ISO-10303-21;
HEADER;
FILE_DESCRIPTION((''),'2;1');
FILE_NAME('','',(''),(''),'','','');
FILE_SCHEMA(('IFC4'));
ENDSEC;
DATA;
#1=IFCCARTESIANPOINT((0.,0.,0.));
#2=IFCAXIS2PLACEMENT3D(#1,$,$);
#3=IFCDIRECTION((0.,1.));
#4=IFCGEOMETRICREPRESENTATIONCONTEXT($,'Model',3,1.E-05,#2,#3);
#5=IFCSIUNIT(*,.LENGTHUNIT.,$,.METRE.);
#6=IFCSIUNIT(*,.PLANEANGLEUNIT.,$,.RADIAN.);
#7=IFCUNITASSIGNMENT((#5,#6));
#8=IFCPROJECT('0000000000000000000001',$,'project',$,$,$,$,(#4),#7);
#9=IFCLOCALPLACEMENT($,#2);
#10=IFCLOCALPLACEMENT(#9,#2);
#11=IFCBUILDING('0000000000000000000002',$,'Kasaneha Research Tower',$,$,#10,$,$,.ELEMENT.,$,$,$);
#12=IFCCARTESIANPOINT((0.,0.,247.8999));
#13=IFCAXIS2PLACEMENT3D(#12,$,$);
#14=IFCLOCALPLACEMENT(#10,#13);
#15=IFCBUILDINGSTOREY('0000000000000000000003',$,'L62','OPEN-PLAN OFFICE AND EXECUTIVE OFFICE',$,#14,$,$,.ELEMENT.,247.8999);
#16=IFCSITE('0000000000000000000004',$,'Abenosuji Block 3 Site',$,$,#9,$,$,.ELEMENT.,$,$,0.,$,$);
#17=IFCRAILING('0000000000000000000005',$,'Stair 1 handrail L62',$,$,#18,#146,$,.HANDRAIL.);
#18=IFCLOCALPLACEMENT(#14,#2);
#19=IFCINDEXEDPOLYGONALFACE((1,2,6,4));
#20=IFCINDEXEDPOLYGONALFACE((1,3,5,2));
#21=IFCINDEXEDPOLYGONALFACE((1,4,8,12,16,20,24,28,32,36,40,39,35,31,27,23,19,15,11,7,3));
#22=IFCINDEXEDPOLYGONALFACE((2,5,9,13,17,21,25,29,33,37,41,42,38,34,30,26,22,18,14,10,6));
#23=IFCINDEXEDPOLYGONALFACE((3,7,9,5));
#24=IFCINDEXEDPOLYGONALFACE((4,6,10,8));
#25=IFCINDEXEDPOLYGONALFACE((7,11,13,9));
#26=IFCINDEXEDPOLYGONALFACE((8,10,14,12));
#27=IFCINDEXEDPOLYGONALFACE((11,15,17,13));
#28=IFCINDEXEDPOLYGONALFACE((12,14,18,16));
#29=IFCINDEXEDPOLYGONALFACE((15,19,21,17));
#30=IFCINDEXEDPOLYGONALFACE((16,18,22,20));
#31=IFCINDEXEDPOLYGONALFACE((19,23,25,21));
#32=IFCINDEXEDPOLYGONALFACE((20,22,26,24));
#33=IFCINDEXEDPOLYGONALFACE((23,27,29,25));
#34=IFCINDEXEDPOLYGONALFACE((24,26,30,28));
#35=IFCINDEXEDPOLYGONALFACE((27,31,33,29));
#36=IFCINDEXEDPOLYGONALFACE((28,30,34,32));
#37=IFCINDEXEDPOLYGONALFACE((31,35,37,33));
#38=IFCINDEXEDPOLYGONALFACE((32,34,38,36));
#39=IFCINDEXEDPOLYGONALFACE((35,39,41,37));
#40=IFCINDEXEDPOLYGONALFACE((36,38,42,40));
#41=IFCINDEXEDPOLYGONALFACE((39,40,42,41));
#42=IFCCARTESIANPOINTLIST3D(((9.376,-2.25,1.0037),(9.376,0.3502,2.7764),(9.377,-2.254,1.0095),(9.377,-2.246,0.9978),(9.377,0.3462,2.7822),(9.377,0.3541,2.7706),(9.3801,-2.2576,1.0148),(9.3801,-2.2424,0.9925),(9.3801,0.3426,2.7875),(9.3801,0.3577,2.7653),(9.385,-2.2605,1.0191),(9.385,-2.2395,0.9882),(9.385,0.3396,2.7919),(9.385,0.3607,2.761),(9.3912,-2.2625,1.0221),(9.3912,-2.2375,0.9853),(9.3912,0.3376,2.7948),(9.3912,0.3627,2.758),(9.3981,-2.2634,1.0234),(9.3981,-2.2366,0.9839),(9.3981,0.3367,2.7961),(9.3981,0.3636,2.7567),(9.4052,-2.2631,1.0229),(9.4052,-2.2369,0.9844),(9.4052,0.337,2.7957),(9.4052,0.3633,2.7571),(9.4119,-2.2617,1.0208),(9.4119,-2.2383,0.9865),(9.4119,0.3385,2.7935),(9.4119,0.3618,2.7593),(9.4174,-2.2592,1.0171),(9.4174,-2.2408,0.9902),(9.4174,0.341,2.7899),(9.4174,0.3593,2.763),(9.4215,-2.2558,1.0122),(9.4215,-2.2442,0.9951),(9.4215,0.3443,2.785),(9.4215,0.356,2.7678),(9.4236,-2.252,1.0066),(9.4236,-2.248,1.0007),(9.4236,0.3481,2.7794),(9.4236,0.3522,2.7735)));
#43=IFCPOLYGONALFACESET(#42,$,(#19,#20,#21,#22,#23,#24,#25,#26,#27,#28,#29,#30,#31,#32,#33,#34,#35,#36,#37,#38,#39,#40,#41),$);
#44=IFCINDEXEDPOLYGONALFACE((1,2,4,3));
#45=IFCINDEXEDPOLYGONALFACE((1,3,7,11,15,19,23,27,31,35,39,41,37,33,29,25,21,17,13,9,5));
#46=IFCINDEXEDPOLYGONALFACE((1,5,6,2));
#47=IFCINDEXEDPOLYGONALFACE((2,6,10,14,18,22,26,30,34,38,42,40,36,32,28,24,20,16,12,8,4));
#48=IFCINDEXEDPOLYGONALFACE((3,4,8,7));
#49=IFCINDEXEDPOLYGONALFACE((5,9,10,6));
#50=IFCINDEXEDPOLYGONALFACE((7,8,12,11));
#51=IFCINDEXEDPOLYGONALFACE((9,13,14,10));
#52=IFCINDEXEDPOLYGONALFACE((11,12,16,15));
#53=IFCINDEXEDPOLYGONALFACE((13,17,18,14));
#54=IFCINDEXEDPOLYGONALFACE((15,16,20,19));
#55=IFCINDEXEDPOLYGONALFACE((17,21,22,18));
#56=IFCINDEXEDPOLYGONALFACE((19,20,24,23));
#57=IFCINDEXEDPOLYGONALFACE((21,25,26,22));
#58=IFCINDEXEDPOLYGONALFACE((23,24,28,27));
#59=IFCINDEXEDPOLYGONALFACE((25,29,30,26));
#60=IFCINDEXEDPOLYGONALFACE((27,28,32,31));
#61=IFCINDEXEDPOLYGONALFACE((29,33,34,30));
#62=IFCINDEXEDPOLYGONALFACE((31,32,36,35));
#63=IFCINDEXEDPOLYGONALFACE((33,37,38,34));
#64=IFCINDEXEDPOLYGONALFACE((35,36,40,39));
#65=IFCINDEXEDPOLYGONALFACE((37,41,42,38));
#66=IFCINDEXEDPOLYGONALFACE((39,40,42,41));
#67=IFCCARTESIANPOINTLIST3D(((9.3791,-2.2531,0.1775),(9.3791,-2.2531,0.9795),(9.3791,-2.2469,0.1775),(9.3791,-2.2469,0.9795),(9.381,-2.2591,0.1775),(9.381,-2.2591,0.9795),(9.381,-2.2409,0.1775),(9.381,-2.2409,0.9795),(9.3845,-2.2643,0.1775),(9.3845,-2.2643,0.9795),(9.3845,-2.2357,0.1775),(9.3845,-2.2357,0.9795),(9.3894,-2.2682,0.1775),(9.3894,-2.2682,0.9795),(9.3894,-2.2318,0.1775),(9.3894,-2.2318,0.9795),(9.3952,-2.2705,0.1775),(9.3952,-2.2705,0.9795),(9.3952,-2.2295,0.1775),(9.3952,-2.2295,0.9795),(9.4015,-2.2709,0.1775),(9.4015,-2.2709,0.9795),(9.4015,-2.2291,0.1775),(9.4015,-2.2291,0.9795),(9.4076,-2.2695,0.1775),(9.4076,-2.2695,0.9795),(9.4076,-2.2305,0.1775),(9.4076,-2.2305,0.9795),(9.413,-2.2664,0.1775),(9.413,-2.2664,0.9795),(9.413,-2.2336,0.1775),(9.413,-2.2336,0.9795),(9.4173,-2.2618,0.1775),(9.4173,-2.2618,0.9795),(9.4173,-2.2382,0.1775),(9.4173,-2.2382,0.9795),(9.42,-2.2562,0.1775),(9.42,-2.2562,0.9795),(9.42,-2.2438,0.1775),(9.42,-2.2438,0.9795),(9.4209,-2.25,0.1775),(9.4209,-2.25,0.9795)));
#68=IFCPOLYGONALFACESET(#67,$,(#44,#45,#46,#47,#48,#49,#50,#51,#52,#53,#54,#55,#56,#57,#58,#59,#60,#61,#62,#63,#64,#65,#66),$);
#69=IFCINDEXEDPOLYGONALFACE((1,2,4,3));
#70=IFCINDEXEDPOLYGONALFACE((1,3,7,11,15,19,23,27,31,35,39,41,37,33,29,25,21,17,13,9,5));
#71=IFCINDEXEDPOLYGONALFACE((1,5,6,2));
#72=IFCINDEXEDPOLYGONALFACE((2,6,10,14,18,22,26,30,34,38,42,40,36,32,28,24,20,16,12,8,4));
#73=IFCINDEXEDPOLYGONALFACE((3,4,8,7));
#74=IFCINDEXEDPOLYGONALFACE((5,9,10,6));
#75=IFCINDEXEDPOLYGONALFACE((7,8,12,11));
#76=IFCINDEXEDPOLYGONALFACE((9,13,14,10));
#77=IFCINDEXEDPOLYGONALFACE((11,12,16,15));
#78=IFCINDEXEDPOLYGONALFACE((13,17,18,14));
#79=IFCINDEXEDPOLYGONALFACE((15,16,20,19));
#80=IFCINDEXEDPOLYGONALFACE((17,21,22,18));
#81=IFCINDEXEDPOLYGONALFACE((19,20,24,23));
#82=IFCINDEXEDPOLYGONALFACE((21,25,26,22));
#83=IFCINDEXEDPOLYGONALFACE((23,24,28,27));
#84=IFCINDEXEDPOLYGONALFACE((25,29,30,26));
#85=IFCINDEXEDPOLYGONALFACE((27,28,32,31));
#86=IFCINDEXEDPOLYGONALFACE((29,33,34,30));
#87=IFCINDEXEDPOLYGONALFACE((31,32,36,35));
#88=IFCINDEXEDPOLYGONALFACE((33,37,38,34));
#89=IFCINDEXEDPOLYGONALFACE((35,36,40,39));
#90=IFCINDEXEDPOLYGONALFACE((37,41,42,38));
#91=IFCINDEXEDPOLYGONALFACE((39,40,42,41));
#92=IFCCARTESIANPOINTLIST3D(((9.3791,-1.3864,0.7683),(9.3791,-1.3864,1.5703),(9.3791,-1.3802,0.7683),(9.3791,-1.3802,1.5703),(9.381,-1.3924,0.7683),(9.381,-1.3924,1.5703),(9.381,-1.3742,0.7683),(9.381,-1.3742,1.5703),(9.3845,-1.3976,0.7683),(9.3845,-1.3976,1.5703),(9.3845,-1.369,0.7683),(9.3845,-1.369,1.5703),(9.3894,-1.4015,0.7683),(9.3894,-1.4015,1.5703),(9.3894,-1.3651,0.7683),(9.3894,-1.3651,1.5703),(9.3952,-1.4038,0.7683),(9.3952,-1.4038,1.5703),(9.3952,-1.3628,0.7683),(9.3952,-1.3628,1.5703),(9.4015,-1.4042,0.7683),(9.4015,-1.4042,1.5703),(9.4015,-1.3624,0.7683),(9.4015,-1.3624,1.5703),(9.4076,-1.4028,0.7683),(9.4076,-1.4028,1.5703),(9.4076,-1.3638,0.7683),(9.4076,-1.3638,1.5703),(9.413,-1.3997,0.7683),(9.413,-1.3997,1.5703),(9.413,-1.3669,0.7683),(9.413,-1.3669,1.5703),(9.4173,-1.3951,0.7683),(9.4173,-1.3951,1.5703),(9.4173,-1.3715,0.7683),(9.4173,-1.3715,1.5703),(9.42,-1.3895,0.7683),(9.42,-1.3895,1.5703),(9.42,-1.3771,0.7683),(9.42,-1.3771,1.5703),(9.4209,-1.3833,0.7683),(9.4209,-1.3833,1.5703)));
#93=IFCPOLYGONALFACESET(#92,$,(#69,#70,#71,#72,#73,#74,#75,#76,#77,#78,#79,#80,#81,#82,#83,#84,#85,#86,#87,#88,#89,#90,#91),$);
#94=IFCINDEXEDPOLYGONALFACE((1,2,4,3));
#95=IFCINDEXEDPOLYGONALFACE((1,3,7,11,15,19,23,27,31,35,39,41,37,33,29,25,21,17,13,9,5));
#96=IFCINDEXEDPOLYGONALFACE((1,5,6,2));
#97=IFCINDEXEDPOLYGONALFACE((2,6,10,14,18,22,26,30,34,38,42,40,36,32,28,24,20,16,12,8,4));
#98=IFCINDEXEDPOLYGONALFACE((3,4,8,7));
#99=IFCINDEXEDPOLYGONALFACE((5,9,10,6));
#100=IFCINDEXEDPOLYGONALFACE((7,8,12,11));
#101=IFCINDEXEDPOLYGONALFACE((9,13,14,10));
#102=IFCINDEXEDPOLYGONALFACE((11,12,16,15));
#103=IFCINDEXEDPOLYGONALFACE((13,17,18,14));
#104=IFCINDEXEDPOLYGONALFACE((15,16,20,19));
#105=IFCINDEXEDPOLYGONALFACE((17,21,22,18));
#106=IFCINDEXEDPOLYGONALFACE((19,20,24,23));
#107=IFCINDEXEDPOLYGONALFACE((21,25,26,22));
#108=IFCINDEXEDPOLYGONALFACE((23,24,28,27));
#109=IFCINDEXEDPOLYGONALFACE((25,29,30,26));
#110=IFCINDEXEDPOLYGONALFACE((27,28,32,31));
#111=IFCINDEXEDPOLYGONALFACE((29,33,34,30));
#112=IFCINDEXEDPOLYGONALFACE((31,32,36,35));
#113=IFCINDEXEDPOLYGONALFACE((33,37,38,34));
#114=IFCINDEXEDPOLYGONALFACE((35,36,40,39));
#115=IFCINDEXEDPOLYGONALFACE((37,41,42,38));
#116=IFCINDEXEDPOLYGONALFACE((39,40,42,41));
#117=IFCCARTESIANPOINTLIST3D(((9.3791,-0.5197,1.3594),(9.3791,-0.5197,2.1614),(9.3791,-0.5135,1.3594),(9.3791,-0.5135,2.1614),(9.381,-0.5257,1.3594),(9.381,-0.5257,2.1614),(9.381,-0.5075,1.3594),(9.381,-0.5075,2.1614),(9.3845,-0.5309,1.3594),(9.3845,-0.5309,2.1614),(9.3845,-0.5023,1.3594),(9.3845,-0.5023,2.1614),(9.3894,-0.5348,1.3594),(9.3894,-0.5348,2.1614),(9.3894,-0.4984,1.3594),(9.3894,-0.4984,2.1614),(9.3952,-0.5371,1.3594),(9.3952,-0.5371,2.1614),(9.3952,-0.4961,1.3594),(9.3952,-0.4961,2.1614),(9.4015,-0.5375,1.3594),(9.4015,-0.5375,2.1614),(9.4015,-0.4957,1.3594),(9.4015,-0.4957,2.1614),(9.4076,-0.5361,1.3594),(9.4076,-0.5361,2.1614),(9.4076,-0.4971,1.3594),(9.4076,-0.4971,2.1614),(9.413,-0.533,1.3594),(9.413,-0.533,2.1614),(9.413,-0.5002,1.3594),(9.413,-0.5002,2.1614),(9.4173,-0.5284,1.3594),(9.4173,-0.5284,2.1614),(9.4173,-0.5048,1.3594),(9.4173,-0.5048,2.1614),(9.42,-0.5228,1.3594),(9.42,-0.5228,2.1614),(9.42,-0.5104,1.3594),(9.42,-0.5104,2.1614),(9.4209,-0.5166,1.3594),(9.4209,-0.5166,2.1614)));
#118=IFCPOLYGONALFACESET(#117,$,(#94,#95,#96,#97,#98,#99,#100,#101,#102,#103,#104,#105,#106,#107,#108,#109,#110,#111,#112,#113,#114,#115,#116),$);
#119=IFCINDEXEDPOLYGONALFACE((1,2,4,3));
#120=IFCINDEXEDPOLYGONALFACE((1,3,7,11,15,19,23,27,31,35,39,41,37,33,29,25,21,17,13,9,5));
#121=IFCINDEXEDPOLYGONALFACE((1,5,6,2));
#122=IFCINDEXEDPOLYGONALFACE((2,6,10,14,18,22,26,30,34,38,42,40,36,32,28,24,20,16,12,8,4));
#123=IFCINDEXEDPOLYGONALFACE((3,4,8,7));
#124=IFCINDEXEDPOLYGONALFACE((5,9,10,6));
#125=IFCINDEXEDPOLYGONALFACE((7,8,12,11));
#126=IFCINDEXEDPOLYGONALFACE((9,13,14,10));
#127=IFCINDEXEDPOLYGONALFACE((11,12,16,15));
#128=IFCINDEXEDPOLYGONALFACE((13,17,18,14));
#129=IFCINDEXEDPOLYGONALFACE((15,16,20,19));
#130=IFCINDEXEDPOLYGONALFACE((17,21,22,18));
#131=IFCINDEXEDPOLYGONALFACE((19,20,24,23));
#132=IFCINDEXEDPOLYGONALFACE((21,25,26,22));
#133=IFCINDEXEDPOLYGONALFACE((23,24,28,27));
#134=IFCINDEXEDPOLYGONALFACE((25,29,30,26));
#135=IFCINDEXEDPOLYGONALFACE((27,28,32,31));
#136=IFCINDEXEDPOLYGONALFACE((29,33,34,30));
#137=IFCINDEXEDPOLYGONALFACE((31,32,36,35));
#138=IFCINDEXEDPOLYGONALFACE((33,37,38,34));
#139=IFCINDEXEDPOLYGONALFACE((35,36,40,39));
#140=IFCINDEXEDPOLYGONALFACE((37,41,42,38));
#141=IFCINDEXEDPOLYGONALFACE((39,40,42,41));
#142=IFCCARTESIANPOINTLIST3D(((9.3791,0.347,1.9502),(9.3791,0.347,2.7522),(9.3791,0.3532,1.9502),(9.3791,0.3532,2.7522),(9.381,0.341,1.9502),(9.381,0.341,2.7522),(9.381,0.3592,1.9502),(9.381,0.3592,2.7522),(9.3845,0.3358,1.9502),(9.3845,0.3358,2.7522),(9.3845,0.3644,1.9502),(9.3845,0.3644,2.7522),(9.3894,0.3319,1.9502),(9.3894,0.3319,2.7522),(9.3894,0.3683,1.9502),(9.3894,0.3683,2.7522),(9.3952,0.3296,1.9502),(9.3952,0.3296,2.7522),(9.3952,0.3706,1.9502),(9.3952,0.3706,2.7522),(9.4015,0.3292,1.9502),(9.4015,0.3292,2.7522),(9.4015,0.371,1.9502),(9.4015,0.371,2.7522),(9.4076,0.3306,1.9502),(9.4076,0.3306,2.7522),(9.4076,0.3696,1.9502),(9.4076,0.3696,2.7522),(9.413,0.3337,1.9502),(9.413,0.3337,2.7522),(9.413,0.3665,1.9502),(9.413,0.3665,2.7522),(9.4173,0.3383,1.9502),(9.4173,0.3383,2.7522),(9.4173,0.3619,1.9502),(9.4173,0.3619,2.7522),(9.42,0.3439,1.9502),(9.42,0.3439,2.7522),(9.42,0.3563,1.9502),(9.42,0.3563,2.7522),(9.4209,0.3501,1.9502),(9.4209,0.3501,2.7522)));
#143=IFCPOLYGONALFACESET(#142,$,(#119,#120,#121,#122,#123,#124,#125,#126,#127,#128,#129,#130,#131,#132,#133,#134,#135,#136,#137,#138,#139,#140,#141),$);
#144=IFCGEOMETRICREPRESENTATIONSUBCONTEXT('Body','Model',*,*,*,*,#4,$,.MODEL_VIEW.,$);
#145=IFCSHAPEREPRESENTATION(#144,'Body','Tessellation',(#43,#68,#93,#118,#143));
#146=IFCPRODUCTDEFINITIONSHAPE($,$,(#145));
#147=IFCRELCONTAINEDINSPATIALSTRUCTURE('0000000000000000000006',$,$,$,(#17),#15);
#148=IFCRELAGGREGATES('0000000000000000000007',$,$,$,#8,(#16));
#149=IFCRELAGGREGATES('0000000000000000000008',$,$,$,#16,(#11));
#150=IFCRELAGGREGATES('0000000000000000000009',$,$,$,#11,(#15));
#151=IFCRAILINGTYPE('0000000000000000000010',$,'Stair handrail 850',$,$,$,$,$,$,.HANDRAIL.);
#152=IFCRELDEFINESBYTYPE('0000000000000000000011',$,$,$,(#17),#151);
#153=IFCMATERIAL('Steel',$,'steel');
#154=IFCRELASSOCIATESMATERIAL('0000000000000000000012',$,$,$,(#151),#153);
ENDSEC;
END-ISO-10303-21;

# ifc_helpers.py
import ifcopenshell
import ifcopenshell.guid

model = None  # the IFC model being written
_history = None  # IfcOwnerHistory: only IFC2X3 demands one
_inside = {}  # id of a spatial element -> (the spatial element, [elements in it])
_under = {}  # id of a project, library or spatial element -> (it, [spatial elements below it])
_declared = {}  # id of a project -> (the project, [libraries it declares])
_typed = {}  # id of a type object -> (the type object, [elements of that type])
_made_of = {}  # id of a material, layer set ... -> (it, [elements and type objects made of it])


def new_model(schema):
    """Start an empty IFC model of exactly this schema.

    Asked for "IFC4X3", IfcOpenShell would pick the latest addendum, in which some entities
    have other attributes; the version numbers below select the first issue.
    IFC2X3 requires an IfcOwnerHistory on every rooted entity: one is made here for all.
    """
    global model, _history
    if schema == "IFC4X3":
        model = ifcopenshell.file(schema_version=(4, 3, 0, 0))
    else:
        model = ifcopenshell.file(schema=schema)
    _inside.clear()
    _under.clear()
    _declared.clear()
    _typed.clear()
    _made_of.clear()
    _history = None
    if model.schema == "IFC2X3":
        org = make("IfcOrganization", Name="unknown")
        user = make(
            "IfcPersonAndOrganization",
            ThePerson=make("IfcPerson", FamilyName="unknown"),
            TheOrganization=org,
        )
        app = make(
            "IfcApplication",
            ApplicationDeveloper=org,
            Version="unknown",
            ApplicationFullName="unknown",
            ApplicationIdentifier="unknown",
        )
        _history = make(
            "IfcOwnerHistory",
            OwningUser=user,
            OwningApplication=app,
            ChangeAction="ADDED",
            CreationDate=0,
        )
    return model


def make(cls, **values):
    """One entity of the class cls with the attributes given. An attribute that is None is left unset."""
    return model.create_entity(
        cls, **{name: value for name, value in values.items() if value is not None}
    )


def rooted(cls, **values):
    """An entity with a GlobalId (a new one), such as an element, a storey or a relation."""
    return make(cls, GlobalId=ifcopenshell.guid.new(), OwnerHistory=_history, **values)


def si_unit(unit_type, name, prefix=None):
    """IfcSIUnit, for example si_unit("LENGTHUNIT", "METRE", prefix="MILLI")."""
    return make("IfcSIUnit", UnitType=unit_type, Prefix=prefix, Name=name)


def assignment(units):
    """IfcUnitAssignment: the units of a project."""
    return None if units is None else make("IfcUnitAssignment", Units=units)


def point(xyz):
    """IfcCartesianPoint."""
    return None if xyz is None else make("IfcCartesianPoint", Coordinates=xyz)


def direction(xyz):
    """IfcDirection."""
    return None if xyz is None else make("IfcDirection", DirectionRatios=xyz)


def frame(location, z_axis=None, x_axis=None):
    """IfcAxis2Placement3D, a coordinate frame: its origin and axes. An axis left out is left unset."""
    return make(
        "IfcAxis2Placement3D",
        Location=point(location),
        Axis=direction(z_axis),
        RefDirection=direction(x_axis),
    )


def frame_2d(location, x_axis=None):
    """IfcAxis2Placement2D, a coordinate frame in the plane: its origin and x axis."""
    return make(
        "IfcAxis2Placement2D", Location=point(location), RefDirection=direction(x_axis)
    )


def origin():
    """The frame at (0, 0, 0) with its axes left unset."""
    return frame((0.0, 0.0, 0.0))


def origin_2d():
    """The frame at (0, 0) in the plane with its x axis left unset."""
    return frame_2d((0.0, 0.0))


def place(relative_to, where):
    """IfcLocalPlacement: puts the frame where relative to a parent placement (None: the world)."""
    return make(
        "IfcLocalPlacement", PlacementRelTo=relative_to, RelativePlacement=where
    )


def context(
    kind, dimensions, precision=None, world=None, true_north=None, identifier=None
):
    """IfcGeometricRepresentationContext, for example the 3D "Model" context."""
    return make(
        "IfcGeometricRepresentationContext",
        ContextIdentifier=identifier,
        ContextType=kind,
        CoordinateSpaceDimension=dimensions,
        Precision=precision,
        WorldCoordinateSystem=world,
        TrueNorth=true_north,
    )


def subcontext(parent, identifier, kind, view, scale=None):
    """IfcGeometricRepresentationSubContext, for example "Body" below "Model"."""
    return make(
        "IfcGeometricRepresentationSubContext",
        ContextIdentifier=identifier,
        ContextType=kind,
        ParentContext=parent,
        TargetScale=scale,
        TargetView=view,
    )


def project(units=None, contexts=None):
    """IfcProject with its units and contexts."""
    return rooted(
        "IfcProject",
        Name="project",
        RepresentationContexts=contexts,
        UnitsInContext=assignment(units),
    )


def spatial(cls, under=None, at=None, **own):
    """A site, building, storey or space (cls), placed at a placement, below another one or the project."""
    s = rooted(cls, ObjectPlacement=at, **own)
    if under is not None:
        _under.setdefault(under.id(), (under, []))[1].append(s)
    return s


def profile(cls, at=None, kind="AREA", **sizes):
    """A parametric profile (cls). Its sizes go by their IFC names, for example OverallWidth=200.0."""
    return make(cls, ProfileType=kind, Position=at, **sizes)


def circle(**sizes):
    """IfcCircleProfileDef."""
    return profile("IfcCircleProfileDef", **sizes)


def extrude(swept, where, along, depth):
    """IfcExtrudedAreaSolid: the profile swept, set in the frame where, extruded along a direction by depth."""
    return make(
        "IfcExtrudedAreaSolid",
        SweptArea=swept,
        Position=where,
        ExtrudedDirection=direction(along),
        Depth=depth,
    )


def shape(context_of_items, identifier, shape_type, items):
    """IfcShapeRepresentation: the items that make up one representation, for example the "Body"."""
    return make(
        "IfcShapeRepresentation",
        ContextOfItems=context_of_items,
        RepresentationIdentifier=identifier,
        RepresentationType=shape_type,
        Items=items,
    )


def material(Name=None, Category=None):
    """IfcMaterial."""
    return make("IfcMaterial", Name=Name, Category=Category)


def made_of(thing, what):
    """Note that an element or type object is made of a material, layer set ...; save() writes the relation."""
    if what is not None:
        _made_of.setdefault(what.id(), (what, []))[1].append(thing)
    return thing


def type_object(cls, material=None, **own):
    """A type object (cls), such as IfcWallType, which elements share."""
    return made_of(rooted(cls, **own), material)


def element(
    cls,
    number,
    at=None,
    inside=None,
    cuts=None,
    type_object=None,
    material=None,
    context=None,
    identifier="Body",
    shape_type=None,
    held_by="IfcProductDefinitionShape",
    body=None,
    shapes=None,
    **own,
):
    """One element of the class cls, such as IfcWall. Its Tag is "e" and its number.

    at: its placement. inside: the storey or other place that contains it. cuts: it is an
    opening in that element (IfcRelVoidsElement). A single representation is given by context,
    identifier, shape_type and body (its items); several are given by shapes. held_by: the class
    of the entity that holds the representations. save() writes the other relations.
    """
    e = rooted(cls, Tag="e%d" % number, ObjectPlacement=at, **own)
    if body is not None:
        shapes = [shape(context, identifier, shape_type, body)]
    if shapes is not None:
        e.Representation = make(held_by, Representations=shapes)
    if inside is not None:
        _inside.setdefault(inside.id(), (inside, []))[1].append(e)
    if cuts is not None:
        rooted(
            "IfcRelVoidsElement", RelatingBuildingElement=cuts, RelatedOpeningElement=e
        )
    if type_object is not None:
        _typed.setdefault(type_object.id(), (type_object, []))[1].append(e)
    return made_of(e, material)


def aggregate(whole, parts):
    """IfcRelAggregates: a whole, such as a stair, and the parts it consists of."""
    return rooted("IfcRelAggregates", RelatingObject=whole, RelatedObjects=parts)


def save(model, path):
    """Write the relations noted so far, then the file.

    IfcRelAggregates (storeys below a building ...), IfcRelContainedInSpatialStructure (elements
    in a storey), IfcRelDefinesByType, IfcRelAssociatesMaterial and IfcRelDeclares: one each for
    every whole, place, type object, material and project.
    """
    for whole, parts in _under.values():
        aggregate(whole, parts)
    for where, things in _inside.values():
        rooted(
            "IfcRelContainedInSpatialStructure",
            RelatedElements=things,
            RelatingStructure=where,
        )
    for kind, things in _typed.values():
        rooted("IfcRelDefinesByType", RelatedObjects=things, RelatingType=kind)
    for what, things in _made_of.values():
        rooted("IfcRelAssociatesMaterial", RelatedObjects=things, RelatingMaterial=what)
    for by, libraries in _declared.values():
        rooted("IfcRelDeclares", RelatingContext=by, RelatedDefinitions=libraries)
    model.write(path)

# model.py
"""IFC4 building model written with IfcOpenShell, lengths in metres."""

from ifc_helpers import new_model, si_unit, direction, frame, origin, origin_2d, place, context, subcontext, project, spatial, circle, extrude, material, type_object, element, save


model = new_model("IFC4")

# Units and contexts
model_context = context("Model", 3, precision=1e-05, world=origin(), true_north=direction((0.0, 1.0)))
body_context = subcontext(model_context, "Body", "Model", "MODEL_VIEW")
ifc_project = project(units=[si_unit("LENGTHUNIT", "METRE"), si_unit("PLANEANGLEUNIT", "RADIAN")], contexts=[model_context])

# Site, building, storey
site_placement = place(None, origin())
site = spatial("IfcSite", under=ifc_project, at=site_placement, Name="Abenosuji Block 3 Site", CompositionType="ELEMENT", RefElevation=0.0)
building_placement = place(site_placement, origin())
building = spatial("IfcBuilding", under=site, at=building_placement, Name="Kasaneha Research Tower", CompositionType="ELEMENT")
storey_placement = place(building_placement, frame((0.0, 0.0, 247.8999)))
storey = spatial("IfcBuildingStorey", under=building, at=storey_placement, Name="L62", Description="OPEN-PLAN OFFICE AND EXECUTIVE OFFICE", CompositionType="ELEMENT", Elevation=247.8999)

# Railing
ifc_material_1 = material(Name="Steel", Category="steel")
railing_type_1 = type_object("IfcRailingType", Name="Stair handrail 850", PredefinedType="HANDRAIL", material=ifc_material_1)
railing_1_placement = place(storey_placement, frame((9.3999, -2.25, 0.1775)))
element("IfcRailing", 1, at=railing_1_placement, inside=storey, type_object=railing_type_1, Name="Stair 1 handrail L62", PredefinedType="HANDRAIL", context=body_context, shape_type="SweptSolid", body=[
    extrude(circle(Radius=0.0239, at=origin_2d()), frame((0.0, 0.0, 0.8262), z_axis=(0.0, 0.82624, 0.563318), x_axis=(-1.0, 0.0, 0.0)), (0.0, 0.0, 1.0), 3.147),
    extrude(circle(Radius=0.021, at=origin_2d()), origin(), (0.0, 0.0, 1.0), 0.802),
    extrude(circle(Radius=0.021, at=origin_2d()), frame((0.0, 0.8667, 0.5908)), (0.0, 0.0, 1.0), 0.802),
    extrude(circle(Radius=0.021, at=origin_2d()), frame((0.0, 1.7334, 1.1819)), (0.0, 0.0, 1.0), 0.802),
    extrude(circle(Radius=0.021, at=origin_2d()), frame((0.0, 2.6001, 1.7727)), (0.0, 0.0, 1.0), 0.802),
])

save(model, "model.ifc")
